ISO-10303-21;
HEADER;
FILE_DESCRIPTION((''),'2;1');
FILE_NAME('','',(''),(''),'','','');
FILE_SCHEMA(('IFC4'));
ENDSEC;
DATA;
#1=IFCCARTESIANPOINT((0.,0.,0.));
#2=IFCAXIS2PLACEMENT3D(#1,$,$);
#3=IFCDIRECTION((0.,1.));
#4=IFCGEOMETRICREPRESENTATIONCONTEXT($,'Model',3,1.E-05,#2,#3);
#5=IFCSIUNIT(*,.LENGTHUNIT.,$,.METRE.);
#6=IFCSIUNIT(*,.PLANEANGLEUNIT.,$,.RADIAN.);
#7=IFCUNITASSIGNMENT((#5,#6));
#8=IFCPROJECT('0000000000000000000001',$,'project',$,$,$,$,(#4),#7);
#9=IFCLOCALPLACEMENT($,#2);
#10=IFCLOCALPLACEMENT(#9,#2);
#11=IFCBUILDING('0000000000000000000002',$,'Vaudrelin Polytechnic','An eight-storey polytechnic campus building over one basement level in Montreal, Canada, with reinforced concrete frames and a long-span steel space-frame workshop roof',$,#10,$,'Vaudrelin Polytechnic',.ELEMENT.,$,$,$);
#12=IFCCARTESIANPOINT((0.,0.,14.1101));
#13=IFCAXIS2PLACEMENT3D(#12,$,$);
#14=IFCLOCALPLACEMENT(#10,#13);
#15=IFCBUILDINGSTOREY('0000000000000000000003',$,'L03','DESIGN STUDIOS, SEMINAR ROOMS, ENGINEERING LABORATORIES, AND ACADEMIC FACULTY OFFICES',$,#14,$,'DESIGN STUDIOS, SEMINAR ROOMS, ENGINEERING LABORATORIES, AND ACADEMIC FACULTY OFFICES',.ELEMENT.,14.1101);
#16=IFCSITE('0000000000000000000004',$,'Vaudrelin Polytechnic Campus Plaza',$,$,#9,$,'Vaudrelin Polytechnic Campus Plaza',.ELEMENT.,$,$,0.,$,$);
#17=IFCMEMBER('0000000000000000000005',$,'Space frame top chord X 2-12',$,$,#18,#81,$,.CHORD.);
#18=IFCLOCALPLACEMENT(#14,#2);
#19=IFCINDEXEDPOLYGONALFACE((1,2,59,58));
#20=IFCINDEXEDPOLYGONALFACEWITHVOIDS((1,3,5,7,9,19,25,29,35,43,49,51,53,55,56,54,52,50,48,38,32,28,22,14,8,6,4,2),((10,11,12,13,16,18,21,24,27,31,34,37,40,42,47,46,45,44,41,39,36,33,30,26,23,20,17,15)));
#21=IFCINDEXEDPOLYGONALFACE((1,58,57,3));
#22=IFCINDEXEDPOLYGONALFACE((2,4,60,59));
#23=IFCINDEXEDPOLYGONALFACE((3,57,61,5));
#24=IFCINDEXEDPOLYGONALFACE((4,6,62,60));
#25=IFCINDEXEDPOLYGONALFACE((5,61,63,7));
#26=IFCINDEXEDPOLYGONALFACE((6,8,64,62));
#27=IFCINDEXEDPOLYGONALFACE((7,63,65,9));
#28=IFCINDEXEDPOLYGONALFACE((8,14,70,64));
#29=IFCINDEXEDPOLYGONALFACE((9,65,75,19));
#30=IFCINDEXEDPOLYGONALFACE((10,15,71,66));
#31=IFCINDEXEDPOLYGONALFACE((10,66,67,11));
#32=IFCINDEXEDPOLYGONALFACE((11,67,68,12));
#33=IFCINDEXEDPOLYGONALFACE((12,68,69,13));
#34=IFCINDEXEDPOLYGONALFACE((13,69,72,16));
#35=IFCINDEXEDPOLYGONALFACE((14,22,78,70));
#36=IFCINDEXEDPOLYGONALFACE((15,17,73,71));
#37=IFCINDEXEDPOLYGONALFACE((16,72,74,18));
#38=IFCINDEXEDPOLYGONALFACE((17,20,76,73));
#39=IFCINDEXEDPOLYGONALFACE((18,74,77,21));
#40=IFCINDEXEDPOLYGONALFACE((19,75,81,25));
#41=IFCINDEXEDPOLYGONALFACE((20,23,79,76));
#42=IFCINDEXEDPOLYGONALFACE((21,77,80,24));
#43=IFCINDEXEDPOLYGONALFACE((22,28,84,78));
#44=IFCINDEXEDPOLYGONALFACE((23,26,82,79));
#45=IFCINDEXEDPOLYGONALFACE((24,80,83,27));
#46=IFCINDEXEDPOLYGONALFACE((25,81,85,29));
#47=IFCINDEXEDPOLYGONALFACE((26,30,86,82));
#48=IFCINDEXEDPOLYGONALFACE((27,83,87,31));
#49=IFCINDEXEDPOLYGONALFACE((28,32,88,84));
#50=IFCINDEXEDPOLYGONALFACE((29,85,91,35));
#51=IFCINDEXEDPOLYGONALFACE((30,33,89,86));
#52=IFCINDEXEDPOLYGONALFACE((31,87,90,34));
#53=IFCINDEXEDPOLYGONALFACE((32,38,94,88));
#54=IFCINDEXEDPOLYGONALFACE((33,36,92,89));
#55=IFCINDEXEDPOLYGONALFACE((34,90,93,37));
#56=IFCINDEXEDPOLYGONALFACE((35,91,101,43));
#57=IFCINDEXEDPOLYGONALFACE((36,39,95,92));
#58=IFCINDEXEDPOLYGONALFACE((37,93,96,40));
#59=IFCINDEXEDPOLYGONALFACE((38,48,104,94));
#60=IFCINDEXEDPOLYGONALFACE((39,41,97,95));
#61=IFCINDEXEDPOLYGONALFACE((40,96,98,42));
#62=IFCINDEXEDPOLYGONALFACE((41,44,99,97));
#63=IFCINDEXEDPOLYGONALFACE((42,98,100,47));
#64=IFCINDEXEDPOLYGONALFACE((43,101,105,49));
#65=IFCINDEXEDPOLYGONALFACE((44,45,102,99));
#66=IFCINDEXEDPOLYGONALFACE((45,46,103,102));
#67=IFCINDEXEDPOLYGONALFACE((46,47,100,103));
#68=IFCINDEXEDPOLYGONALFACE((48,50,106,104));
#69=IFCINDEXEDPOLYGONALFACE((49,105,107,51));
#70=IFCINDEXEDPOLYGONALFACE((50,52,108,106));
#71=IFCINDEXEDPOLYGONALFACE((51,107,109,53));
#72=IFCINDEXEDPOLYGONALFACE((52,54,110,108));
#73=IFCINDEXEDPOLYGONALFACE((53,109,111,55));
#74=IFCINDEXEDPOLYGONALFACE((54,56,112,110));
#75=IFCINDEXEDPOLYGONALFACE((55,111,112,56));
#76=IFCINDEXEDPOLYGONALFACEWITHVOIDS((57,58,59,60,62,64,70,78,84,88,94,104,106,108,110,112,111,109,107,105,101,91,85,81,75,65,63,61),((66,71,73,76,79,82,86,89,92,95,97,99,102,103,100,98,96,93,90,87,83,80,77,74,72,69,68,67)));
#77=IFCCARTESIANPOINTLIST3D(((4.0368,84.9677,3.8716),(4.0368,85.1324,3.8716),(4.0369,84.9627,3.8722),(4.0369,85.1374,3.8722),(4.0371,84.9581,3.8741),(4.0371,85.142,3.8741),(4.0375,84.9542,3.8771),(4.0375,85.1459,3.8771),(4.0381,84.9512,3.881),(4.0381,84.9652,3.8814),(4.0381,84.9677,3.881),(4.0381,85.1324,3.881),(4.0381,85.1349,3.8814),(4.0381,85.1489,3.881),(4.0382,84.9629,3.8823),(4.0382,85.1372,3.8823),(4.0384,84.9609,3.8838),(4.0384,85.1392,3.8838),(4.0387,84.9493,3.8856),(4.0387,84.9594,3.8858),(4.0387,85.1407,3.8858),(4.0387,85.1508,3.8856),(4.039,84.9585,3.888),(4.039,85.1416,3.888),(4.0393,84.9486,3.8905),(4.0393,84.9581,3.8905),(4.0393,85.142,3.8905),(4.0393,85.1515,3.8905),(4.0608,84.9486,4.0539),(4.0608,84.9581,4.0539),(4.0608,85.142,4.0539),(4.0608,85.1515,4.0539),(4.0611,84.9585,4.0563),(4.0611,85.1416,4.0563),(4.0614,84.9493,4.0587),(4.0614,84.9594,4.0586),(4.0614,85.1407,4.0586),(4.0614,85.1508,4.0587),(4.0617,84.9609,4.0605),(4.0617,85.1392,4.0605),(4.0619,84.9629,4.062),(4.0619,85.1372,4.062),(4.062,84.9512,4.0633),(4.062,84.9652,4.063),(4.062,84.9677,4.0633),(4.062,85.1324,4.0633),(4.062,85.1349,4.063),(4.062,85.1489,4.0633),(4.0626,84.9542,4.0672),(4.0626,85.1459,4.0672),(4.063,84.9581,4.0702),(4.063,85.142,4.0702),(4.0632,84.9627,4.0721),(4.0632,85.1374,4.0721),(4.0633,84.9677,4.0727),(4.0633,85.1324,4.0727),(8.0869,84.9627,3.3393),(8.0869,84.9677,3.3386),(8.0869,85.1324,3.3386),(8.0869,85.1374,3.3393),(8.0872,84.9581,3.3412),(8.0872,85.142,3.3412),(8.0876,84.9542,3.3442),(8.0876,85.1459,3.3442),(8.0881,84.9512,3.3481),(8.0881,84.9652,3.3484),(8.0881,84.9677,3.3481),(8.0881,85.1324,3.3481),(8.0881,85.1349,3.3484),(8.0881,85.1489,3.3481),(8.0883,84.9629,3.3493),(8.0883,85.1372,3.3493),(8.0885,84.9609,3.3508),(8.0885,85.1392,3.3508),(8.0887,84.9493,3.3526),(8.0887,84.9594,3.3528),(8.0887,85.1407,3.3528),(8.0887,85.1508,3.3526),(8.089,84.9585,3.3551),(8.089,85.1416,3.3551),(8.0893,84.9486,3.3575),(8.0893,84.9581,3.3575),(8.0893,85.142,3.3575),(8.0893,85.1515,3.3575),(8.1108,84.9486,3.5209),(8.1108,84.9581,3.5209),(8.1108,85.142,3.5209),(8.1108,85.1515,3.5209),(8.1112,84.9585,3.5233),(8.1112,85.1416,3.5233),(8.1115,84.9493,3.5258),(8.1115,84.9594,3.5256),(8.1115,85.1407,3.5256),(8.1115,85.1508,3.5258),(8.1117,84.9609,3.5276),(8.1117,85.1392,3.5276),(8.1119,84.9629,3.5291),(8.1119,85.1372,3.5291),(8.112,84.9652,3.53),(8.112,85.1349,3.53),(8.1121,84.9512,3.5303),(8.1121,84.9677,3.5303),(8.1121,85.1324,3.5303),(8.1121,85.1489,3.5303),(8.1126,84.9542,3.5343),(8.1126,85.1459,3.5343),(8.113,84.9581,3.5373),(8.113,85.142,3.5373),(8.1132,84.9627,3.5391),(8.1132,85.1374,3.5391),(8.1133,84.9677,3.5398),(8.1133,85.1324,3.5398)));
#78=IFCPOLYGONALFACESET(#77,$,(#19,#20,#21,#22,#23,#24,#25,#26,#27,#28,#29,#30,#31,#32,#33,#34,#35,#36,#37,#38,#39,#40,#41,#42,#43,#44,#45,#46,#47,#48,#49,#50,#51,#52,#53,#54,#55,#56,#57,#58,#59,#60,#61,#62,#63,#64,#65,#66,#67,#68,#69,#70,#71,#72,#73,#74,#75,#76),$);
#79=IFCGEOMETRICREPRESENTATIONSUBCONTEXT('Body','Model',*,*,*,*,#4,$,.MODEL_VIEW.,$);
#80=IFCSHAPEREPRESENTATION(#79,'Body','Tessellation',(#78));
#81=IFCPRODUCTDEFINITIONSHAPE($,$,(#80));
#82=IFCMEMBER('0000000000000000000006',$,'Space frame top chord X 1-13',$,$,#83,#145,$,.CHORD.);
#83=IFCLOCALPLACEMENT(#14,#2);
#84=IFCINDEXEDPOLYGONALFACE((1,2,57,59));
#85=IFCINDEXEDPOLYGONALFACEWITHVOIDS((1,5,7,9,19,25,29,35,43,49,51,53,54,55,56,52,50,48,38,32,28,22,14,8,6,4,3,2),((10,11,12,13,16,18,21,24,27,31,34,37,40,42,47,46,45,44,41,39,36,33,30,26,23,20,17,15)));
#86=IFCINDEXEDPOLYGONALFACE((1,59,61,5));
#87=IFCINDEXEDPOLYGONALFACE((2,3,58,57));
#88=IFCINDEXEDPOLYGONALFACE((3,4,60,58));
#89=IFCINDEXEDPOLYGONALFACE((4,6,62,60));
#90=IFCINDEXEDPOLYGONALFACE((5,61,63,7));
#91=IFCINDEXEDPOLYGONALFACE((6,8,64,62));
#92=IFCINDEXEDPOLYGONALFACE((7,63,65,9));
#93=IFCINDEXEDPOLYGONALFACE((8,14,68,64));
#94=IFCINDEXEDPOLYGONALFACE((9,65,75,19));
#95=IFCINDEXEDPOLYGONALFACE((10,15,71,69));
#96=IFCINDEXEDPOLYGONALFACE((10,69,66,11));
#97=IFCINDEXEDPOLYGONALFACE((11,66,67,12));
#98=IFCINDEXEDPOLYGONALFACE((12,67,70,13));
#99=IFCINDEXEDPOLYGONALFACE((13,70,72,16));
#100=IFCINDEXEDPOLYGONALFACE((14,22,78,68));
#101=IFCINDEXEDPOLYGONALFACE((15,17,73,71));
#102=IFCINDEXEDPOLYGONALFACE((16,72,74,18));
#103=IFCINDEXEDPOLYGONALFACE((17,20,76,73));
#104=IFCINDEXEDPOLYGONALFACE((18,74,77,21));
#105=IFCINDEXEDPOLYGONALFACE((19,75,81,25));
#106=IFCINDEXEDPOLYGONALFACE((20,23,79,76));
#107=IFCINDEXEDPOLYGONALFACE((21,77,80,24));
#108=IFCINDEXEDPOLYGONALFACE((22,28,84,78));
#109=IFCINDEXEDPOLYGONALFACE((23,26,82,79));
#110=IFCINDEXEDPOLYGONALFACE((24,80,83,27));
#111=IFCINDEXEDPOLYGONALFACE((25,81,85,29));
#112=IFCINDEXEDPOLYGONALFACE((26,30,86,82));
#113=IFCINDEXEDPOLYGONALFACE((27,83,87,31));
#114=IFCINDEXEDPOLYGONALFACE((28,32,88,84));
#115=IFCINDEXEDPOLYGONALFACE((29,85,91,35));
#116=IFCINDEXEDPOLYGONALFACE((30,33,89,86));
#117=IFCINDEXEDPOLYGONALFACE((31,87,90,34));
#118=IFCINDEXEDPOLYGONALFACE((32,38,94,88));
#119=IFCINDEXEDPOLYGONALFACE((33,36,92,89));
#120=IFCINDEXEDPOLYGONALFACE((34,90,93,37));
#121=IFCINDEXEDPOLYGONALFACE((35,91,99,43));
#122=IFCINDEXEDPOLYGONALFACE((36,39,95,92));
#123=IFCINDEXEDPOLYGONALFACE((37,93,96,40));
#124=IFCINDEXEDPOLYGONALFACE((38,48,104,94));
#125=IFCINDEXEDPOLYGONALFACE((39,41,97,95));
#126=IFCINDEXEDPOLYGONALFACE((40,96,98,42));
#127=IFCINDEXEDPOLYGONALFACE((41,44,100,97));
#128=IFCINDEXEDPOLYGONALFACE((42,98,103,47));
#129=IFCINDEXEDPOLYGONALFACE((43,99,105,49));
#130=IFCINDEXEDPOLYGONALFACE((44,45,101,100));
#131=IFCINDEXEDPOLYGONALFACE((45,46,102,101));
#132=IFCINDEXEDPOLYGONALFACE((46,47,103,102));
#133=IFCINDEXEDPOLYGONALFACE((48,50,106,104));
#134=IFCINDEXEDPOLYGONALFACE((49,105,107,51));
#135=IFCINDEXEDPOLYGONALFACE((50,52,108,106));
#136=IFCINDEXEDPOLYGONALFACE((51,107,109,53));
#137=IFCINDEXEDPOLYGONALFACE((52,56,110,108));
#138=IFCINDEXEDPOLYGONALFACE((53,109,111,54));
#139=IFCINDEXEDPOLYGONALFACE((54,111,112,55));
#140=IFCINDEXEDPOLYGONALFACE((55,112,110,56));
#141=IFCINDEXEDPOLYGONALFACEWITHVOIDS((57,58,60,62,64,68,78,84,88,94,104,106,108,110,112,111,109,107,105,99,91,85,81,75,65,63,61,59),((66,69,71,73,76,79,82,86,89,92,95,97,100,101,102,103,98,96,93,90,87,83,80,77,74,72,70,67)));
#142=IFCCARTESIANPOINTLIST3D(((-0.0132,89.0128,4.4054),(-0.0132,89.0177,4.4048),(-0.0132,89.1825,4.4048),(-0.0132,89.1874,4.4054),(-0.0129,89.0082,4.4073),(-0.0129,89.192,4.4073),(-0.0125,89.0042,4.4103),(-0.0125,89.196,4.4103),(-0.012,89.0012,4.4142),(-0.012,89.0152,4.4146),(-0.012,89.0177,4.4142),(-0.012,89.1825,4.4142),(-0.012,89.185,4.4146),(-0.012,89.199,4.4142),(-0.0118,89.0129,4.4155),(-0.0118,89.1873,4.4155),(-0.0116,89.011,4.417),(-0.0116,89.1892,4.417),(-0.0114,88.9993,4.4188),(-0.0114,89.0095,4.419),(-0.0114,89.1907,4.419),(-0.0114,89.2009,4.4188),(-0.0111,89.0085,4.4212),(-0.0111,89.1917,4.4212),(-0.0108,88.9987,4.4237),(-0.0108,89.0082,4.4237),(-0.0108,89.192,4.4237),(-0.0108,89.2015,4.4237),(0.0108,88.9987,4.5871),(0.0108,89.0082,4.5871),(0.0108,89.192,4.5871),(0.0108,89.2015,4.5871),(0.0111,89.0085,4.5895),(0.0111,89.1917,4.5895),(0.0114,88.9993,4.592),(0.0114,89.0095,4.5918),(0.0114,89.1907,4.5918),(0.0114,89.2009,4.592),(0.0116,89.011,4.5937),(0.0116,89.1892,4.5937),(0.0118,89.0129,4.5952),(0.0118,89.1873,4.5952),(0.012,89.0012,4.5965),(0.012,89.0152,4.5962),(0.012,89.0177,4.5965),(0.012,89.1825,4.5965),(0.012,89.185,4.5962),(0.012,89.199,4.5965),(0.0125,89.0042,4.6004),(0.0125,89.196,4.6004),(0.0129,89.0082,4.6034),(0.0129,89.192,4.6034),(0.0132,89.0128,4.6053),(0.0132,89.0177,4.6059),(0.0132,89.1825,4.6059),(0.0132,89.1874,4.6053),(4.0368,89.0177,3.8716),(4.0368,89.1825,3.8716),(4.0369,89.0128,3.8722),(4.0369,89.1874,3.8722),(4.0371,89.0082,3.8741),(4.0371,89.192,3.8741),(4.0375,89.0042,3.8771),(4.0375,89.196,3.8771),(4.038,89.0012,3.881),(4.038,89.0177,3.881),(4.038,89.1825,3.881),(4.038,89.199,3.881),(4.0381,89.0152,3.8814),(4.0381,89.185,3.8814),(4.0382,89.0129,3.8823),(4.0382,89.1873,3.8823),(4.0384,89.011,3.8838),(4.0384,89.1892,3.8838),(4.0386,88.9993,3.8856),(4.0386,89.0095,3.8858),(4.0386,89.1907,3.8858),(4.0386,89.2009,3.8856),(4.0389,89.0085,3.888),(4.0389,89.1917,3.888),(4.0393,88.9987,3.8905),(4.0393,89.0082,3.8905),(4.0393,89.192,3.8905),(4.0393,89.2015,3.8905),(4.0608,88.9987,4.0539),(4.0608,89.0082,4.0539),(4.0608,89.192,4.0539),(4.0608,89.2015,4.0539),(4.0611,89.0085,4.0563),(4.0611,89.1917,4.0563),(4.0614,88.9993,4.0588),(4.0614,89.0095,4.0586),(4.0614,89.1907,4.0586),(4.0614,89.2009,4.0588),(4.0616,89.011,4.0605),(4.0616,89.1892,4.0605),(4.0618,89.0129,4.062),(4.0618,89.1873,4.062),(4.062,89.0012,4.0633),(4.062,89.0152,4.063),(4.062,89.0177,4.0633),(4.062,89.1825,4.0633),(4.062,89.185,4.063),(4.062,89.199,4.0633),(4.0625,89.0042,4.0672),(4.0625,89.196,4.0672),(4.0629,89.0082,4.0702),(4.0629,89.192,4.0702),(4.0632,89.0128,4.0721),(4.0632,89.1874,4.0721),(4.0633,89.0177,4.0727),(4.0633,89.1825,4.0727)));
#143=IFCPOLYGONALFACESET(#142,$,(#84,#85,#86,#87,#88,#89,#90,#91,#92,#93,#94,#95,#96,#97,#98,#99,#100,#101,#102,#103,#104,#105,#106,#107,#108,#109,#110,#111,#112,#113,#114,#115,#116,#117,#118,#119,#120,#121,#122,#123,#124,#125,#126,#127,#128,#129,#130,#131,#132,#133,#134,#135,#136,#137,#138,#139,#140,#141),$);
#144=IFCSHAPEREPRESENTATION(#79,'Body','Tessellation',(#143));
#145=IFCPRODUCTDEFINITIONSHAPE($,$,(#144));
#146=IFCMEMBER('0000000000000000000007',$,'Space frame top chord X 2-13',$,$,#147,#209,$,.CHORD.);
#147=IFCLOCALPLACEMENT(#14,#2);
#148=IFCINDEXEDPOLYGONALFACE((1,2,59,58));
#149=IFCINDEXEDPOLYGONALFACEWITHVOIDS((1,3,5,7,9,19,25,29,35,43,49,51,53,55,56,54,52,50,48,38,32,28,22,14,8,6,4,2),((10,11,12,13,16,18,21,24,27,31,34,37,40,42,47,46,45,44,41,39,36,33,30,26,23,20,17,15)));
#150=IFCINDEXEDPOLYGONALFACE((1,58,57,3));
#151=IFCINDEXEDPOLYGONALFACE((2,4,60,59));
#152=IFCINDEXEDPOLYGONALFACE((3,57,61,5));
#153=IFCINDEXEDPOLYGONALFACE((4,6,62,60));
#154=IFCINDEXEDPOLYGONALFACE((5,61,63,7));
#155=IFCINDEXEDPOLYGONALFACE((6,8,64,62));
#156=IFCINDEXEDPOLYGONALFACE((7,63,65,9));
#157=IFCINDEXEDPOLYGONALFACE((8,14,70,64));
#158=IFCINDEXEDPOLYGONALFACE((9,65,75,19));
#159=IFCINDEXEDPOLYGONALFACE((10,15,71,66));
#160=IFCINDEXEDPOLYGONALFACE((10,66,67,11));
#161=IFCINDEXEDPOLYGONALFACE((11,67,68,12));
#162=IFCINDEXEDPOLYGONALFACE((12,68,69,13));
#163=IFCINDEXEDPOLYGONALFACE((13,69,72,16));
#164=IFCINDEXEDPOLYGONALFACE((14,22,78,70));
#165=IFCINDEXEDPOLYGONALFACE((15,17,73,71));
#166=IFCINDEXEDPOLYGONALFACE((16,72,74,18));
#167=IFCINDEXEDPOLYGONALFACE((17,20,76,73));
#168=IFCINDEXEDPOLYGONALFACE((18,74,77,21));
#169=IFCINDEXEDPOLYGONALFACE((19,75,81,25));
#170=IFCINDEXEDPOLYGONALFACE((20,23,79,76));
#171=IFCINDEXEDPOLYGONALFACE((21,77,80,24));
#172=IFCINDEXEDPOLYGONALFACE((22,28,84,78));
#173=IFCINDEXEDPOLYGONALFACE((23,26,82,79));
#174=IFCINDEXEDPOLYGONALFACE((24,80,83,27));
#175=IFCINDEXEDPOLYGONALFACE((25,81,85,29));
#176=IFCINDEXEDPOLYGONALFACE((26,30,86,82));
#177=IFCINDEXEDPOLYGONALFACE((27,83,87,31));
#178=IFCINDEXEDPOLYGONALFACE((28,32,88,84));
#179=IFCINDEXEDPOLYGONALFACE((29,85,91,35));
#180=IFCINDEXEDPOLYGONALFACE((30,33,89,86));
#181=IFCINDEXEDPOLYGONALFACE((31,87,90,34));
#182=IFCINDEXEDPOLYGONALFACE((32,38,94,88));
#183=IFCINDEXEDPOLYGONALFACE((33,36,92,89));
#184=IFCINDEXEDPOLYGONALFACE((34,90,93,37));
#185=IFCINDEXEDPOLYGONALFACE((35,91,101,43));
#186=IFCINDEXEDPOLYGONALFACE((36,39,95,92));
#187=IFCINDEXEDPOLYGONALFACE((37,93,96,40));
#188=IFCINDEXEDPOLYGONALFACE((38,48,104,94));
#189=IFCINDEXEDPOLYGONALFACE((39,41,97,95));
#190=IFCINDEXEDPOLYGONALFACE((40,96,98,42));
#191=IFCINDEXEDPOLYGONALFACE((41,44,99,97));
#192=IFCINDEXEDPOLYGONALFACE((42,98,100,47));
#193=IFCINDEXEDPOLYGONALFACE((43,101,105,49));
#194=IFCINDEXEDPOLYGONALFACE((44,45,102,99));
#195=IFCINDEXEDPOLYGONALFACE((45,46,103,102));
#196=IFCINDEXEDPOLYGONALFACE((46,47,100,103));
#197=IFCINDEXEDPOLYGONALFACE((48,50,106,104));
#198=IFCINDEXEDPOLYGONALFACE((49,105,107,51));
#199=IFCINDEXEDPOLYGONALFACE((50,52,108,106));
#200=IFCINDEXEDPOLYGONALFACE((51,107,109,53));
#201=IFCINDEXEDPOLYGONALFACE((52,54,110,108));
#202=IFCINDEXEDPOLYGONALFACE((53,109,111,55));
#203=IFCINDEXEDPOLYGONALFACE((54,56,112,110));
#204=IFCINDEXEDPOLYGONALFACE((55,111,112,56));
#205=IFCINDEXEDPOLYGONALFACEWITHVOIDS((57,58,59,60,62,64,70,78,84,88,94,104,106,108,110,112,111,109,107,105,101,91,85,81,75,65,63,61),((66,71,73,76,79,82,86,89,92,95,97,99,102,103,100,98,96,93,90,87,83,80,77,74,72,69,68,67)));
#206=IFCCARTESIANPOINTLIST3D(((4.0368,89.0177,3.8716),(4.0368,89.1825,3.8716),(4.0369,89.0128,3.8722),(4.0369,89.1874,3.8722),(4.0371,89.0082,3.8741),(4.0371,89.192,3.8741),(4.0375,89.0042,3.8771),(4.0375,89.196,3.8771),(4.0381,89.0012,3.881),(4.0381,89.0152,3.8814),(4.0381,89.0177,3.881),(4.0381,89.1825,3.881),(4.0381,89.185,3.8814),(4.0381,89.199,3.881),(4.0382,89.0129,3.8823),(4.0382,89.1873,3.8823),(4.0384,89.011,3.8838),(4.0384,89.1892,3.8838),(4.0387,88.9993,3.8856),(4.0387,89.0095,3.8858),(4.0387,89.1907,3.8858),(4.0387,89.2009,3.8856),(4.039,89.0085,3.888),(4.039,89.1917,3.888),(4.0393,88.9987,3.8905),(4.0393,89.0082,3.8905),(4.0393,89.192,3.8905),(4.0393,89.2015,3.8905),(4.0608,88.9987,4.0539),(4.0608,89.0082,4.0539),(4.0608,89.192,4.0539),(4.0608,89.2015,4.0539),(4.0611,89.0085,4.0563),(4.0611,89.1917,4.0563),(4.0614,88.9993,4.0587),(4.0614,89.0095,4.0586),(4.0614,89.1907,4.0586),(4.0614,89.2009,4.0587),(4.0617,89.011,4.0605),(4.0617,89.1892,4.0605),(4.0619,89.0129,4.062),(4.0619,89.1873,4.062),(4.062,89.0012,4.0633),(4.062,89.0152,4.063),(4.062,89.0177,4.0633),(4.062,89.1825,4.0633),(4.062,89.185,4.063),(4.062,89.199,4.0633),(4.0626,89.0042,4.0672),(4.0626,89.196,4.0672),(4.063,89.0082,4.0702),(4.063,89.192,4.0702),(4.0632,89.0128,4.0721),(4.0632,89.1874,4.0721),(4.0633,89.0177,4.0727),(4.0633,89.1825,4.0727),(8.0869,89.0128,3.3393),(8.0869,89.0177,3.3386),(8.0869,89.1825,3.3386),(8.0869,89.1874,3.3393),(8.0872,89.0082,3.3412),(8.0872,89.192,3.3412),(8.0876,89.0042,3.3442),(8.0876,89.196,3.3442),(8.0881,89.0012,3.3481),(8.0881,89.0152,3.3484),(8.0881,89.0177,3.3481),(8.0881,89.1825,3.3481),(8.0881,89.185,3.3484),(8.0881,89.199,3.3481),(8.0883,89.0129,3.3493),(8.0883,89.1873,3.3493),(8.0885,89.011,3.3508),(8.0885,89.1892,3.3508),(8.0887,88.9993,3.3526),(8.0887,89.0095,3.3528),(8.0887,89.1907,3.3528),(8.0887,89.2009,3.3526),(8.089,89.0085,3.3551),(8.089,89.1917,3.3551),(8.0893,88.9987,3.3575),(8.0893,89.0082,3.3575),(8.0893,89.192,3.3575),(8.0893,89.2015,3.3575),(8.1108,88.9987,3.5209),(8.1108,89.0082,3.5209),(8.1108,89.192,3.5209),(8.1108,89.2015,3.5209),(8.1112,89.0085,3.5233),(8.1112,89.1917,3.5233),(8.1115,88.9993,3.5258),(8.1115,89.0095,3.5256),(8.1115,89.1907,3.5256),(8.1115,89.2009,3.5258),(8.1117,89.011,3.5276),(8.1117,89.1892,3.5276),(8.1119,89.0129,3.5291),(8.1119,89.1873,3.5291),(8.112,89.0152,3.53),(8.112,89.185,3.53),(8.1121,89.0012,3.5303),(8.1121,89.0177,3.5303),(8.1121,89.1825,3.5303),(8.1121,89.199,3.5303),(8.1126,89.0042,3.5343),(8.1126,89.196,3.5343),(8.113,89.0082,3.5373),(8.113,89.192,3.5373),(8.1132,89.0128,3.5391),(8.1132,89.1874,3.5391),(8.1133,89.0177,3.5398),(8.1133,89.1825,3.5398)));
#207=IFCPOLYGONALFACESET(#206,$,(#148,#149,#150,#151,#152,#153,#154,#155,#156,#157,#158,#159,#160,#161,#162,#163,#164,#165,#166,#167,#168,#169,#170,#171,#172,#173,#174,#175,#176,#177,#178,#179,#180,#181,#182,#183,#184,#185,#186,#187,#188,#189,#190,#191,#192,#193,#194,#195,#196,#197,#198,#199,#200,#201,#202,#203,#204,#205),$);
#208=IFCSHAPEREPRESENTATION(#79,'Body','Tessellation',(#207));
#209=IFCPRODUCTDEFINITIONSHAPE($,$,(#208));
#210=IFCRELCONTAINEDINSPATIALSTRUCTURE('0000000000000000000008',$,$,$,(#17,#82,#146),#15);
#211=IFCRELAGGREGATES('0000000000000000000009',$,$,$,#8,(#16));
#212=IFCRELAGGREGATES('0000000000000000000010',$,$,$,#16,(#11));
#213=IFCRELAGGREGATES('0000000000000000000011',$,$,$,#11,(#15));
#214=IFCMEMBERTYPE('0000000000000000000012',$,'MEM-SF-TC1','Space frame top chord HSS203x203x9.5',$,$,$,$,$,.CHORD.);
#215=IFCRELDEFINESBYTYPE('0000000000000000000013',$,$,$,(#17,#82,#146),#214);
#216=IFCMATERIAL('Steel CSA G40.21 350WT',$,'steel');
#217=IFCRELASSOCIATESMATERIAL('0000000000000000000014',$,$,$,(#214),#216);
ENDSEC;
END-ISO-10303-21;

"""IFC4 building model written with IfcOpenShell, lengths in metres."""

from ifc_helpers import new_model, si_unit, direction, frame, origin, origin_2d, place, context, subcontext, project, spatial, hollow_rectangle, extrude, material, material_profile, profile_set, type_object, element, save


model = new_model("IFC4")

# Units and contexts
model_context = context("Model", 3, precision=1e-05, world=origin(), true_north=direction((0.0, 1.0)))
body_context = subcontext(model_context, "Body", "Model", "MODEL_VIEW")
ifc_project = project(units=[si_unit("LENGTHUNIT", "METRE"), si_unit("PLANEANGLEUNIT", "RADIAN")], contexts=[model_context])

# Site, building, storey
site_placement = place(None, origin())
site = spatial("IfcSite", under=ifc_project, at=site_placement, Name="Vaudrelin Polytechnic Campus Plaza", LongName="Vaudrelin Polytechnic Campus Plaza", CompositionType="ELEMENT", RefElevation=0.0)
building_placement = place(site_placement, origin())
building = spatial("IfcBuilding", under=site, at=building_placement, Name="Vaudrelin Polytechnic", Description="An eight-storey polytechnic campus building over one basement level in Montreal, Canada, with reinforced concrete frames and a long-span steel space-frame workshop roof", LongName="Vaudrelin Polytechnic", CompositionType="ELEMENT")
storey_placement = place(building_placement, frame((0.0, 0.0, 14.1101)))
storey = spatial("IfcBuildingStorey", under=building, at=storey_placement, Name="L03", Description="DESIGN STUDIOS, SEMINAR ROOMS, ENGINEERING LABORATORIES, AND ACADEMIC FACULTY OFFICES", LongName="DESIGN STUDIOS, SEMINAR ROOMS, ENGINEERING LABORATORIES, AND ACADEMIC FACULTY OFFICES", CompositionType="ELEMENT", Elevation=14.1101)

# Members
ifc_material_1 = material(Name="Steel CSA G40.21 350WT", Category="steel")
ifc_material_profile_1 = material_profile(ifc_material_1, hollow_rectangle(XDim=0.2029, YDim=0.2029, WallThickness=0.0095, InnerFilletRadius=0.0095, OuterFilletRadius=0.019, at=origin_2d()), Name="HSS203x203x9.5")
ifc_profile_set_1 = profile_set([ifc_material_profile_1], Name="Steel CSA G40.21 350WT")
member_type_1 = type_object("IfcMemberType", Name="MEM-SF-TC1", Description="Space frame top chord HSS203x203x9.5", PredefinedType="CHORD", material=ifc_profile_set_1)
for number, where, z_axis, x_axis, name in (
    (1, (4.05, 85.05, 3.9722), (0.991452, 0.0, -0.130468), (0.0, 1.0, 0.0), "Space frame top chord X 2-12"),
    (2, (0.0, 89.1001, 4.5054), (0.991445, 0.0, -0.130527), (0.0, 1.0, 0.0), "Space frame top chord X 1-13"),
    (3, (4.05, 89.1001, 3.9722), (0.991452, 0.0, -0.130468), (0.0, 1.0, 0.0), "Space frame top chord X 2-13"),
):
    element("IfcMember", number, at=place(storey_placement, frame(where, z_axis=z_axis, x_axis=x_axis)), inside=storey, type_object=member_type_1, Name=name, PredefinedType="CHORD", context=body_context, shape_type="SweptSolid", body=[
        extrude(hollow_rectangle(XDim=0.2029, YDim=0.2029, WallThickness=0.0095, InnerFilletRadius=0.0095, OuterFilletRadius=0.019, at=origin_2d()), origin(), (0.0, 0.0, 1.0), 4.085),
    ])

save(model, "model.ifc")
